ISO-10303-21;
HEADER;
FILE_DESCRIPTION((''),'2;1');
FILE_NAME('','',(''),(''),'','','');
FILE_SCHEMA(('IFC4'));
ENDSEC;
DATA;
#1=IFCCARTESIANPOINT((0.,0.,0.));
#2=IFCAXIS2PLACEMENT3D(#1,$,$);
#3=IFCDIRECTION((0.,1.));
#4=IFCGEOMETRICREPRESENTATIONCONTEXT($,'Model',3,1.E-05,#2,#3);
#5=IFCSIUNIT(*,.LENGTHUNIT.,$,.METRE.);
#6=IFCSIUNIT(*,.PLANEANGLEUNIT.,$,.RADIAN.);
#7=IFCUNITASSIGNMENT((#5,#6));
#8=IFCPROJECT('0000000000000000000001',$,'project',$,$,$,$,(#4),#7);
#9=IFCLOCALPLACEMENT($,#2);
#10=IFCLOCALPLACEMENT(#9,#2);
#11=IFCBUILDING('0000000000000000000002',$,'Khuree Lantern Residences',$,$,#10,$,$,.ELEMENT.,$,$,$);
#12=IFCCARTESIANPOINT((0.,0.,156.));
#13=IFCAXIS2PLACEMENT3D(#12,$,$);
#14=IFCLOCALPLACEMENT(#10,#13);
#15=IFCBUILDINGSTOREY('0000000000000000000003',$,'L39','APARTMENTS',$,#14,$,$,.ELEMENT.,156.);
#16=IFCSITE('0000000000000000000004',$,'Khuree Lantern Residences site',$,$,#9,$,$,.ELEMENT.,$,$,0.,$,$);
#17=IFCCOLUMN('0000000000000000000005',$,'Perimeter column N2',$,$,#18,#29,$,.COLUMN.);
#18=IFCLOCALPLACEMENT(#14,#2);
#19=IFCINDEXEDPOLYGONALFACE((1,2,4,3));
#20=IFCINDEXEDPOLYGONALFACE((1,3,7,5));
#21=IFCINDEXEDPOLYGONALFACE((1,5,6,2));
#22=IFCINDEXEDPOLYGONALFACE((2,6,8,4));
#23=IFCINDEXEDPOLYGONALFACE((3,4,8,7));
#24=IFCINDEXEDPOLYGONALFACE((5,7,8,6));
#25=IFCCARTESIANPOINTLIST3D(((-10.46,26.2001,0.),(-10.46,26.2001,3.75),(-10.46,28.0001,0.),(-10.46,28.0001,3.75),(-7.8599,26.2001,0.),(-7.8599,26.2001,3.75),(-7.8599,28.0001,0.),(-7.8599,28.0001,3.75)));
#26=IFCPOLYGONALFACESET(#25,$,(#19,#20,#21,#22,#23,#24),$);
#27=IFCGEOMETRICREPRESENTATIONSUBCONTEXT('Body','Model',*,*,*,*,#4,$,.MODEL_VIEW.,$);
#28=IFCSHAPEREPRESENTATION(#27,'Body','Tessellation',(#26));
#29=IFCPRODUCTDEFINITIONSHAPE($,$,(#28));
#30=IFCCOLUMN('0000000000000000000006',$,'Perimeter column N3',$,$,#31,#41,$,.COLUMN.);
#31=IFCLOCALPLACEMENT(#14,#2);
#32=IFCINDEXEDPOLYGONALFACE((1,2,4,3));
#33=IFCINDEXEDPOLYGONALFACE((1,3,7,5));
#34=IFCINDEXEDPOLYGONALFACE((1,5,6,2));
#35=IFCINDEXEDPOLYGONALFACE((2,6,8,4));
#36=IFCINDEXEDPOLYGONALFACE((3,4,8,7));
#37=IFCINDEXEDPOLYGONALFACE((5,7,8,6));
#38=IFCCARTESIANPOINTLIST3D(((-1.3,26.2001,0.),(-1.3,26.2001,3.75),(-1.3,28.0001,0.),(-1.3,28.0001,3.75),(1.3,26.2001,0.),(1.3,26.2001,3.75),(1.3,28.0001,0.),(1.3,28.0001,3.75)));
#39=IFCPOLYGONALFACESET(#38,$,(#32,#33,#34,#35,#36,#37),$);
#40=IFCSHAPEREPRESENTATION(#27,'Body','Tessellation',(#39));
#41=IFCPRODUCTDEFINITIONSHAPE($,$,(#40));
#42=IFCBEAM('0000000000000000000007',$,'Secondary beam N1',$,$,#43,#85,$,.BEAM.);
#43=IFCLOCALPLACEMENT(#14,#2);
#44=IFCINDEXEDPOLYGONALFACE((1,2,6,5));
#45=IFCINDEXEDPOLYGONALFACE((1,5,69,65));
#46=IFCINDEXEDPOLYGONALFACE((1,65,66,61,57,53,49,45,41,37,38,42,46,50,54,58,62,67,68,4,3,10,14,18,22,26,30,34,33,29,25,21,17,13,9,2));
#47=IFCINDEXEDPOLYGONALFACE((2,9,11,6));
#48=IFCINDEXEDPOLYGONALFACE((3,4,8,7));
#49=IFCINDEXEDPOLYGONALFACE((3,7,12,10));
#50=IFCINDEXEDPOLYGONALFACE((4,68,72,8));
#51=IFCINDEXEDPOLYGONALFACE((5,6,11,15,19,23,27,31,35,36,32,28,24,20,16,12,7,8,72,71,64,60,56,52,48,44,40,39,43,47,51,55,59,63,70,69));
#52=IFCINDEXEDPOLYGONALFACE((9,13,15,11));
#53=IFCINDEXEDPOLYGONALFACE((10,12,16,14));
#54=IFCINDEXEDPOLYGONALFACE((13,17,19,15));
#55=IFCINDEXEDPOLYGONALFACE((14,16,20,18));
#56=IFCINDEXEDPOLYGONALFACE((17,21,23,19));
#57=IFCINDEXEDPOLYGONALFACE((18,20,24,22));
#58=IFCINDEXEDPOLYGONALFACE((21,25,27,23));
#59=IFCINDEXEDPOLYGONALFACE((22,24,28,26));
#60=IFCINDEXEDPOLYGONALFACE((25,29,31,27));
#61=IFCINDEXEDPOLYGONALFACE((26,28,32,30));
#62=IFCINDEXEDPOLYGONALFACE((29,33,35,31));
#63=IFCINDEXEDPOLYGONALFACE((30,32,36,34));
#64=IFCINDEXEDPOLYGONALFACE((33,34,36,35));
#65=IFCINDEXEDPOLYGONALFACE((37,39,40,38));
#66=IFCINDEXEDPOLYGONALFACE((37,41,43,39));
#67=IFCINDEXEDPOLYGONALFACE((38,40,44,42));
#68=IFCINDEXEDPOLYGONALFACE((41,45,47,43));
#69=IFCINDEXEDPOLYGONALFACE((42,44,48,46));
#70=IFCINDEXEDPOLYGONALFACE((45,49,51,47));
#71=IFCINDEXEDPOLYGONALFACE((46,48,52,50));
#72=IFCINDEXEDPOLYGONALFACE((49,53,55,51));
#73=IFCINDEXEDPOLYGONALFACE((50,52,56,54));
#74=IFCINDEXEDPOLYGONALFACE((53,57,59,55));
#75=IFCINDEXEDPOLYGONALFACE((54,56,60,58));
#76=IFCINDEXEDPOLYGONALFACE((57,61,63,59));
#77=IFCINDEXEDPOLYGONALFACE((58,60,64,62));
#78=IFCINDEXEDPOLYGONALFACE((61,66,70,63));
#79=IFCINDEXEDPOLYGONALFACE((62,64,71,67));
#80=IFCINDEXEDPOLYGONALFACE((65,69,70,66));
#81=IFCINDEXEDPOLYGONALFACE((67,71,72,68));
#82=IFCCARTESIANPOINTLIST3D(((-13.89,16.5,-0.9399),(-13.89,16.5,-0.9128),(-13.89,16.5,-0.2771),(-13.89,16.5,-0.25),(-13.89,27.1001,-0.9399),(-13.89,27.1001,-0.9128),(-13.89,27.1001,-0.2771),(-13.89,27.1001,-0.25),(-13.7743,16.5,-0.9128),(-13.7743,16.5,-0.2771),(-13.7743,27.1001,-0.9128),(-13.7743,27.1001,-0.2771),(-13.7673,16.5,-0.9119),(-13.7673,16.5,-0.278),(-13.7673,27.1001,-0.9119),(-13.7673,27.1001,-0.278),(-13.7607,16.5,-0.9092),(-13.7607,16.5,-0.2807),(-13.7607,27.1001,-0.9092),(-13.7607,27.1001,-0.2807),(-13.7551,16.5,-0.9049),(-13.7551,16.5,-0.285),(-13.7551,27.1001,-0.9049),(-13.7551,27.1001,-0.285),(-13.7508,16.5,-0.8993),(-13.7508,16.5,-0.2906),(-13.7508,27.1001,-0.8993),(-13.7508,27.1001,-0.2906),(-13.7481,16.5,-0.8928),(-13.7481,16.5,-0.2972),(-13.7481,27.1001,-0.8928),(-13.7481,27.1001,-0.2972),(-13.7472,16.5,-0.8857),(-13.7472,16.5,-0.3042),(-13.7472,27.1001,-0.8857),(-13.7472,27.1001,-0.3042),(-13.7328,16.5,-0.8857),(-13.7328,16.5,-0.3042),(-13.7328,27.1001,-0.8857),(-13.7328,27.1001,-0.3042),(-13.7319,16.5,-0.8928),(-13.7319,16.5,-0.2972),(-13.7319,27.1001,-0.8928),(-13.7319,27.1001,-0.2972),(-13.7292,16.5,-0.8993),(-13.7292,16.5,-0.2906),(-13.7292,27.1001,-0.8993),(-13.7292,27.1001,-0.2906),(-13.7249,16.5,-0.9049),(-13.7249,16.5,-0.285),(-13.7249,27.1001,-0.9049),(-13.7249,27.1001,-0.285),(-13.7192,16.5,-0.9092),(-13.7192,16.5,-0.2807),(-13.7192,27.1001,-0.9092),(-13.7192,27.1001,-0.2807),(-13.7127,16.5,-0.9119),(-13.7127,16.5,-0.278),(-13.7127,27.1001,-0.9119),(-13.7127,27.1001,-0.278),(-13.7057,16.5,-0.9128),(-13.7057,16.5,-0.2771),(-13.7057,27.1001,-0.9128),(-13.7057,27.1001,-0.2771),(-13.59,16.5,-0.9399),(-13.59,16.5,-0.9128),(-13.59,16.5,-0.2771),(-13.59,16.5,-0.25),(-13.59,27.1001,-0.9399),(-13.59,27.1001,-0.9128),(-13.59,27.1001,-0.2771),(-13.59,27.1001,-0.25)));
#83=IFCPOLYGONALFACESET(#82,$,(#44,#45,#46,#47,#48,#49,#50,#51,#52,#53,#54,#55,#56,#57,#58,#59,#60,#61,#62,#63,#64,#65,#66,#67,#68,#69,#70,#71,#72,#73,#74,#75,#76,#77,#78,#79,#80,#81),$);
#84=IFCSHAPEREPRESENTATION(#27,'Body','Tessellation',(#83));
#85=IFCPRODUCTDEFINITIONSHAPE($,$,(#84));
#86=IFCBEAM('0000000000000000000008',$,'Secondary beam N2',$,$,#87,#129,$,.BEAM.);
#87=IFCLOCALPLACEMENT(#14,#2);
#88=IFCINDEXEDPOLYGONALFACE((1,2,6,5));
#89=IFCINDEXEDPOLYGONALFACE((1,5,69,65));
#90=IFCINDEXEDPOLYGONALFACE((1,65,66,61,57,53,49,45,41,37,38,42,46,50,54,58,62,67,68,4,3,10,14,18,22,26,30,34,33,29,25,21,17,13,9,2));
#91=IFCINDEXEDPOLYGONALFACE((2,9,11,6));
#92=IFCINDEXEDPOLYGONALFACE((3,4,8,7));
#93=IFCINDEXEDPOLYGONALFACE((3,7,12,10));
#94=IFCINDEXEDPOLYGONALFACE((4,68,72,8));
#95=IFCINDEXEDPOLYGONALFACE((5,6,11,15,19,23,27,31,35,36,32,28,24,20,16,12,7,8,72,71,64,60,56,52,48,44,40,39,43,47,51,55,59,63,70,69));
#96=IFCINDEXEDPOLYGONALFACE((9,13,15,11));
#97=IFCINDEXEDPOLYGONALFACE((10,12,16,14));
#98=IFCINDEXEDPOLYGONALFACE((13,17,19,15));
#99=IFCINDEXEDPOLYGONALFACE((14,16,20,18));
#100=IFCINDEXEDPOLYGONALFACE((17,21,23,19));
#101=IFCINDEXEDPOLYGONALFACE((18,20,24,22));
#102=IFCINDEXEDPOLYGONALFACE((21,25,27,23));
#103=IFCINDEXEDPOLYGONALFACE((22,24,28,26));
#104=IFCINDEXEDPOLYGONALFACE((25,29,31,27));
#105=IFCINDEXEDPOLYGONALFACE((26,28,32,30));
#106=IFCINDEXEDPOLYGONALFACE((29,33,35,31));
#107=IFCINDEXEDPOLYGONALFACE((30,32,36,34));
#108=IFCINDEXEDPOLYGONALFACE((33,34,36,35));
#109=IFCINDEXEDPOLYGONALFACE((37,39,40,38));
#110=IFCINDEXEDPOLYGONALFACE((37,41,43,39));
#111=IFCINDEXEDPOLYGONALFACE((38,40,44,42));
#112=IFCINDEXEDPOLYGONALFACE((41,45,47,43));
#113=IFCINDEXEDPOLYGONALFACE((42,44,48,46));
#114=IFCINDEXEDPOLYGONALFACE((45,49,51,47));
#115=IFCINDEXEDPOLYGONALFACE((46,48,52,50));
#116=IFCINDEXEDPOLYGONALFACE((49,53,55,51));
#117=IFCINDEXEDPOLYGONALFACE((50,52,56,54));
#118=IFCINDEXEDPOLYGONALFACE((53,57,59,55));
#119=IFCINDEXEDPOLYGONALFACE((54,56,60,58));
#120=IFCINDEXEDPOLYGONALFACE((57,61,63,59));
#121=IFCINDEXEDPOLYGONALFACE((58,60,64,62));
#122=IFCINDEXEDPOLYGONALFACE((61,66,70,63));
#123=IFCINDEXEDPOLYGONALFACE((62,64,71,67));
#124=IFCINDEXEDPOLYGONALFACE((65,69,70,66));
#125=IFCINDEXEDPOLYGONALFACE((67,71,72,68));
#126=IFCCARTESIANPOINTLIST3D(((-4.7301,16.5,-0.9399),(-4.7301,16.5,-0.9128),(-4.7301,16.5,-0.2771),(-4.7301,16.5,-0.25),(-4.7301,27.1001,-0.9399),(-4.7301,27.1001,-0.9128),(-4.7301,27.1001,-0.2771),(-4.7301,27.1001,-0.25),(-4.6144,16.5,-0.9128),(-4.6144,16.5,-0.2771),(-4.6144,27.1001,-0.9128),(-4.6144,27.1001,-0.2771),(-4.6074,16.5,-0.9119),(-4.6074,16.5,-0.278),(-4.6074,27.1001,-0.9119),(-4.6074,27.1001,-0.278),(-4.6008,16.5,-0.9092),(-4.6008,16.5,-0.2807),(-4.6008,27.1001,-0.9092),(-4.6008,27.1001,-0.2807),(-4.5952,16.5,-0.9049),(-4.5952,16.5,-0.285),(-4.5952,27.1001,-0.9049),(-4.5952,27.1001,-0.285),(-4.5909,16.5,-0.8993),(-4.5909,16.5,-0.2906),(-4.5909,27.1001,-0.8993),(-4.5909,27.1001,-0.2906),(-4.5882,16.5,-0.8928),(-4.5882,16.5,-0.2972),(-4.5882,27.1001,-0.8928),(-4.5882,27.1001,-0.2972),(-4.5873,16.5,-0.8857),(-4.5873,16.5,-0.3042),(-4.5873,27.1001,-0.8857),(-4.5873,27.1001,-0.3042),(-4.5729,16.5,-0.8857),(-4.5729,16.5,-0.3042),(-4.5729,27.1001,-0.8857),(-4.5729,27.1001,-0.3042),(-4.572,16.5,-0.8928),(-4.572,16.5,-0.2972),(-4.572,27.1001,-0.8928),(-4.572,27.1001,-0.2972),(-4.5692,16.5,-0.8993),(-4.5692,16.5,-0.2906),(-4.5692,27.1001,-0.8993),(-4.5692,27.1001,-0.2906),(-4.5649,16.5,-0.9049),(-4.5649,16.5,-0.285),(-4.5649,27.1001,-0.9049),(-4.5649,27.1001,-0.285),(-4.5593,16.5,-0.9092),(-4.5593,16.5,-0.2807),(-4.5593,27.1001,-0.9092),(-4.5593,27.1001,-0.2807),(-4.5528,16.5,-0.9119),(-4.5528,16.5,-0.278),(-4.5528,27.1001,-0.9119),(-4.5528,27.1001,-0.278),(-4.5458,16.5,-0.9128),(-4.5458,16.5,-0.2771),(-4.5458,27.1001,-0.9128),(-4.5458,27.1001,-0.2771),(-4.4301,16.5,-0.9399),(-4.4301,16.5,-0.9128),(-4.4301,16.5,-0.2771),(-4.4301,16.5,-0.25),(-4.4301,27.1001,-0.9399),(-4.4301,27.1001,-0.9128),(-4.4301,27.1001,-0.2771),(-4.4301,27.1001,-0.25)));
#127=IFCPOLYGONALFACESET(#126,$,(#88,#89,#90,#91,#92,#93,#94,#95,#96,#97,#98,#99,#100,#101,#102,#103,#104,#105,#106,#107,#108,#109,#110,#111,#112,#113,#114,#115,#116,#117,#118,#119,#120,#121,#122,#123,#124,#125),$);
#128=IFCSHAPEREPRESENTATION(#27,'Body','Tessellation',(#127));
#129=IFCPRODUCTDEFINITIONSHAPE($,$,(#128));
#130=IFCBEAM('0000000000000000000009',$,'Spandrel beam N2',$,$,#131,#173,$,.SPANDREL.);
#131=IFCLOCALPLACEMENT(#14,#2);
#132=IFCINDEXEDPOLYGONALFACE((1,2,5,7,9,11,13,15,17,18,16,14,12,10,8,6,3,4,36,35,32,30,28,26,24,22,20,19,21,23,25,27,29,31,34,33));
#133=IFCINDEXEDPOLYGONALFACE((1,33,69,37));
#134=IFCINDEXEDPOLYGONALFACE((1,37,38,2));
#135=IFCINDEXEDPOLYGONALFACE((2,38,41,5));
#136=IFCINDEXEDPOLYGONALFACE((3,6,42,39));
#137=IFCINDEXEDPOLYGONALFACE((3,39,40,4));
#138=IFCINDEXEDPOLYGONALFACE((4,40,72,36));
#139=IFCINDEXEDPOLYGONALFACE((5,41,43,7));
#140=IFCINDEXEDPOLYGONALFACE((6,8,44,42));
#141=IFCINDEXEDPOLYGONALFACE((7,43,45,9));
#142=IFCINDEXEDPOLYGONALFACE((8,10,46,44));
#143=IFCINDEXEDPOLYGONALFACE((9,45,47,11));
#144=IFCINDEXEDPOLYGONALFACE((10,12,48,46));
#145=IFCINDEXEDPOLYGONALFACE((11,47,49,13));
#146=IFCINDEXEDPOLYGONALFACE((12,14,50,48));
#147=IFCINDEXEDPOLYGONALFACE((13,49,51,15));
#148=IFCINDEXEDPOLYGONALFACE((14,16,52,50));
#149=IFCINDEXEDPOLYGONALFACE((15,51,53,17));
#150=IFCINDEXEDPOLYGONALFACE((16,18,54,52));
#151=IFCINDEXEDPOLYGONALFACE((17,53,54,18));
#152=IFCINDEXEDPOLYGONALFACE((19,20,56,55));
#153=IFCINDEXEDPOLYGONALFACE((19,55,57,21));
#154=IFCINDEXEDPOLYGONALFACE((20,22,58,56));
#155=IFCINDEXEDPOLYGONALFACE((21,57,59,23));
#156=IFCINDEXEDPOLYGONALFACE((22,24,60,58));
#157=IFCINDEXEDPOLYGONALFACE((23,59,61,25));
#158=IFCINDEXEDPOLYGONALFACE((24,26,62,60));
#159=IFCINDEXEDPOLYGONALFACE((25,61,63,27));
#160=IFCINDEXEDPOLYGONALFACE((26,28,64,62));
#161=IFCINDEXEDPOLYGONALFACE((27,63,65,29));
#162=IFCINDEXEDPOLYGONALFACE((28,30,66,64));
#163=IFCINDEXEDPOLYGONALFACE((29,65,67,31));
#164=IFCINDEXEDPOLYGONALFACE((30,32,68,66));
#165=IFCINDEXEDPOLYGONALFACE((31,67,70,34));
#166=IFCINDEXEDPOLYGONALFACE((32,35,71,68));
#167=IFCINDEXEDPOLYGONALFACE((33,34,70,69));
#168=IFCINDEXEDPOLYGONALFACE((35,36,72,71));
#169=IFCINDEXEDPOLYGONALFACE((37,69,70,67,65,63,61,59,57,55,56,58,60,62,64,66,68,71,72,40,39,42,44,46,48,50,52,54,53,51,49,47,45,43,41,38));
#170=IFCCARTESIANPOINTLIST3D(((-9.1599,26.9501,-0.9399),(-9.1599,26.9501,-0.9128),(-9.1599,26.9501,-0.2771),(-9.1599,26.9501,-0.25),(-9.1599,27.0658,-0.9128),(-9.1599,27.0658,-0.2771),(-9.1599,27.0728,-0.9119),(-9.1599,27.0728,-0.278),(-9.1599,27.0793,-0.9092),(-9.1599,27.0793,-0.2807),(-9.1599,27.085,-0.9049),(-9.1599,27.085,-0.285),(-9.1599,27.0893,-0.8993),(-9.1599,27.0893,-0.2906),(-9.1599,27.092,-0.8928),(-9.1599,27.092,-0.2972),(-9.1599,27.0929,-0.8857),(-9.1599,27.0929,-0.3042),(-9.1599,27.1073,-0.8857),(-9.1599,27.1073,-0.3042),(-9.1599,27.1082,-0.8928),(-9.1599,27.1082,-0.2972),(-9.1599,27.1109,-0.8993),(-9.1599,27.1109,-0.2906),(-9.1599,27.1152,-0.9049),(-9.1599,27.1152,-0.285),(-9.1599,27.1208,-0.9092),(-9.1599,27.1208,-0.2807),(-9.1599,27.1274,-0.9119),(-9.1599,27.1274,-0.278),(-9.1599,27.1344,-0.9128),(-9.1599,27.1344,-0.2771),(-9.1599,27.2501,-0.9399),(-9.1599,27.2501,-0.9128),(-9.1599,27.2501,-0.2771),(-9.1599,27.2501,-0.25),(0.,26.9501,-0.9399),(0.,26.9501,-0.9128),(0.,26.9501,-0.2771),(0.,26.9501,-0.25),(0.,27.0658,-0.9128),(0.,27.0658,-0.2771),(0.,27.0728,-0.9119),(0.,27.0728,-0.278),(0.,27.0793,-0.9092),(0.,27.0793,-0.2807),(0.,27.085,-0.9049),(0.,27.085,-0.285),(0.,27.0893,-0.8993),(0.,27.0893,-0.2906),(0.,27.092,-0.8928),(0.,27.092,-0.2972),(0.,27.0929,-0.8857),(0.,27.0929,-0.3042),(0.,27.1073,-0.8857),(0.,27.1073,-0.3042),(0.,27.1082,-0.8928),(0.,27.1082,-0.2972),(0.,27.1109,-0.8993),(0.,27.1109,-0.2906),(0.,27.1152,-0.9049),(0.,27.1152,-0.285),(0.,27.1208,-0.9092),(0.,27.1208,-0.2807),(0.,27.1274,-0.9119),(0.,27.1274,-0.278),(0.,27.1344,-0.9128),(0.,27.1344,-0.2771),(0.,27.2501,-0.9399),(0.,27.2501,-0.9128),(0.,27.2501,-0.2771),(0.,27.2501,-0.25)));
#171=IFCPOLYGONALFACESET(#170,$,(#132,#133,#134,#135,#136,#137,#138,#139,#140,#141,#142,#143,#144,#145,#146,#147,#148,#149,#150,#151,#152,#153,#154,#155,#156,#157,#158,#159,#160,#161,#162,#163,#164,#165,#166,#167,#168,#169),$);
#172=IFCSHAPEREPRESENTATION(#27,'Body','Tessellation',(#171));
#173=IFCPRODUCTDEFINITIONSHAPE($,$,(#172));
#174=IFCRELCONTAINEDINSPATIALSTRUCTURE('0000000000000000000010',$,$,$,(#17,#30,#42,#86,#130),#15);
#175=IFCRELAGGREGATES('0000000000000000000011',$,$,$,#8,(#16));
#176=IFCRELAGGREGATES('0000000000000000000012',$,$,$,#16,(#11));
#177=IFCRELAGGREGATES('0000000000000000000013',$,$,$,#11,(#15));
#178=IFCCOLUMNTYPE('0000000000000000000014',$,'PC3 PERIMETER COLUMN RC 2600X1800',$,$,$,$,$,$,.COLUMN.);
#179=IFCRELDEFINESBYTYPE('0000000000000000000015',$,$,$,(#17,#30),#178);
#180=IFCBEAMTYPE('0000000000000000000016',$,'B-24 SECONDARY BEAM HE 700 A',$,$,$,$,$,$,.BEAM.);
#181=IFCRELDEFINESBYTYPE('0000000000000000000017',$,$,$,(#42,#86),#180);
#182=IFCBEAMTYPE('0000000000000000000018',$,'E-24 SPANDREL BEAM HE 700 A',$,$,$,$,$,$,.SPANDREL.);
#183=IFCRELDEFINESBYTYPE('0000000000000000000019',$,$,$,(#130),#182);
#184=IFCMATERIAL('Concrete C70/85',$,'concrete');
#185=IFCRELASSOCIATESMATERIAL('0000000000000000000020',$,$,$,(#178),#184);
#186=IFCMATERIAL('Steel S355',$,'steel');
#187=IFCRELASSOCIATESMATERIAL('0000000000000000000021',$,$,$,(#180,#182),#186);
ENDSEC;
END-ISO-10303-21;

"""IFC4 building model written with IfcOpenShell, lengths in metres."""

from ifc_helpers import new_model, si_unit, direction, frame, origin, origin_2d, place, context, subcontext, project, spatial, rectangle, i_section, extrude, material, material_profile, profile_set, type_object, element, save


model = new_model("IFC4")

# Units and contexts
model_context = context("Model", 3, precision=1e-05, world=origin(), true_north=direction((0.0, 1.0)))
body_context = subcontext(model_context, "Body", "Model", "MODEL_VIEW")
ifc_project = project(units=[si_unit("LENGTHUNIT", "METRE"), si_unit("PLANEANGLEUNIT", "RADIAN")], contexts=[model_context])

# Site, building, storey
site_placement = place(None, origin())
site = spatial("IfcSite", under=ifc_project, at=site_placement, Name="Khuree Lantern Residences site", CompositionType="ELEMENT", RefElevation=0.0)
building_placement = place(site_placement, origin())
building = spatial("IfcBuilding", under=site, at=building_placement, Name="Khuree Lantern Residences", CompositionType="ELEMENT")
storey_placement = place(building_placement, frame((0.0, 0.0, 156.0)))
storey = spatial("IfcBuildingStorey", under=building, at=storey_placement, Name="L39", Description="APARTMENTS", CompositionType="ELEMENT", Elevation=156.0)

# Columns
ifc_material_1 = material(Name="Concrete C70/85", Category="concrete")
ifc_material_profile_1 = material_profile(ifc_material_1, rectangle(XDim=2.6001, YDim=1.8, at=origin_2d()), Name="RC 2600X1800")
ifc_profile_set_1 = profile_set([ifc_material_profile_1], Name="Concrete C70/85")
column_type = type_object("IfcColumnType", Name="PC3 PERIMETER COLUMN RC 2600X1800", PredefinedType="COLUMN", material=ifc_profile_set_1)
for number, where, z_axis, x_axis, name in (
    (1, (-9.1599, 27.1001, 0.0), (0.0, 0.0, 1.0), (1.0, 0.0, 0.0), "Perimeter column N2"),
    (2, (0.0, 27.1001, 0.0), (0.0, 0.0, 1.0), (1.0, 0.0, 0.0), "Perimeter column N3"),
):
    element("IfcColumn", number, at=place(storey_placement, frame(where, z_axis=z_axis, x_axis=x_axis)), inside=storey, type_object=column_type, Name=name, PredefinedType="COLUMN", context=body_context, shape_type="SweptSolid", body=[
        extrude(rectangle(XDim=2.6001, YDim=1.8, at=origin_2d()), origin(), (0.0, 0.0, 1.0), 3.75),
    ])

# Beams
ifc_material_2 = material(Name="Steel S355", Category="steel")
ifc_material_profile_2 = material_profile(ifc_material_2, i_section(OverallWidth=0.3, OverallDepth=0.6899, WebThickness=0.0144, FlangeThickness=0.0271, FilletRadius=0.0271, at=origin_2d()), Name="HE 700 A")
ifc_profile_set_2 = profile_set([ifc_material_profile_2], Name="Steel S355")
beam_type_1 = type_object("IfcBeamType", Name="B-24 SECONDARY BEAM HE 700 A", PredefinedType="BEAM", material=ifc_profile_set_2)
for number, where, z_axis, x_axis, name in (
    (3, (-13.74, 27.1001, -0.595), (0.0, -1.0, 0.0), (1.0, 0.0, 0.0), "Secondary beam N1"),
    (4, (-4.5801, 27.1001, -0.595), (0.0, -1.0, 0.0), (1.0, 0.0, 0.0), "Secondary beam N2"),
):
    element("IfcBeam", number, at=place(storey_placement, frame(where, z_axis=z_axis, x_axis=x_axis)), inside=storey, type_object=beam_type_1, Name=name, PredefinedType="BEAM", context=body_context, shape_type="SweptSolid", body=[
        extrude(i_section(OverallWidth=0.3, OverallDepth=0.6899, WebThickness=0.0144, FlangeThickness=0.0271, FilletRadius=0.0271, at=origin_2d()), origin(), (0.0, 0.0, 1.0), 10.6001),
    ])
ifc_material_profile_3 = material_profile(ifc_material_2, i_section(OverallWidth=0.3, OverallDepth=0.6899, WebThickness=0.0144, FlangeThickness=0.0271, FilletRadius=0.0271, at=origin_2d()), Name="HE 700 A")
ifc_profile_set_3 = profile_set([ifc_material_profile_3], Name="Steel S355")
beam_type_2 = type_object("IfcBeamType", Name="E-24 SPANDREL BEAM HE 700 A", PredefinedType="SPANDREL", material=ifc_profile_set_3)
for number, where, z_axis, x_axis, name in (
    (5, (-9.1599, 27.1001, -0.595), (1.0, 0.0, 0.0), (0.0, 1.0, 0.0), "Spandrel beam N2"),
):
    element("IfcBeam", number, at=place(storey_placement, frame(where, z_axis=z_axis, x_axis=x_axis)), inside=storey, type_object=beam_type_2, Name=name, PredefinedType="SPANDREL", context=body_context, shape_type="SweptSolid", body=[
        extrude(i_section(OverallWidth=0.3, OverallDepth=0.6899, WebThickness=0.0144, FlangeThickness=0.0271, FilletRadius=0.0271, at=origin_2d()), origin(), (0.0, 0.0, 1.0), 9.1599),
    ])

save(model, "model.ifc")
